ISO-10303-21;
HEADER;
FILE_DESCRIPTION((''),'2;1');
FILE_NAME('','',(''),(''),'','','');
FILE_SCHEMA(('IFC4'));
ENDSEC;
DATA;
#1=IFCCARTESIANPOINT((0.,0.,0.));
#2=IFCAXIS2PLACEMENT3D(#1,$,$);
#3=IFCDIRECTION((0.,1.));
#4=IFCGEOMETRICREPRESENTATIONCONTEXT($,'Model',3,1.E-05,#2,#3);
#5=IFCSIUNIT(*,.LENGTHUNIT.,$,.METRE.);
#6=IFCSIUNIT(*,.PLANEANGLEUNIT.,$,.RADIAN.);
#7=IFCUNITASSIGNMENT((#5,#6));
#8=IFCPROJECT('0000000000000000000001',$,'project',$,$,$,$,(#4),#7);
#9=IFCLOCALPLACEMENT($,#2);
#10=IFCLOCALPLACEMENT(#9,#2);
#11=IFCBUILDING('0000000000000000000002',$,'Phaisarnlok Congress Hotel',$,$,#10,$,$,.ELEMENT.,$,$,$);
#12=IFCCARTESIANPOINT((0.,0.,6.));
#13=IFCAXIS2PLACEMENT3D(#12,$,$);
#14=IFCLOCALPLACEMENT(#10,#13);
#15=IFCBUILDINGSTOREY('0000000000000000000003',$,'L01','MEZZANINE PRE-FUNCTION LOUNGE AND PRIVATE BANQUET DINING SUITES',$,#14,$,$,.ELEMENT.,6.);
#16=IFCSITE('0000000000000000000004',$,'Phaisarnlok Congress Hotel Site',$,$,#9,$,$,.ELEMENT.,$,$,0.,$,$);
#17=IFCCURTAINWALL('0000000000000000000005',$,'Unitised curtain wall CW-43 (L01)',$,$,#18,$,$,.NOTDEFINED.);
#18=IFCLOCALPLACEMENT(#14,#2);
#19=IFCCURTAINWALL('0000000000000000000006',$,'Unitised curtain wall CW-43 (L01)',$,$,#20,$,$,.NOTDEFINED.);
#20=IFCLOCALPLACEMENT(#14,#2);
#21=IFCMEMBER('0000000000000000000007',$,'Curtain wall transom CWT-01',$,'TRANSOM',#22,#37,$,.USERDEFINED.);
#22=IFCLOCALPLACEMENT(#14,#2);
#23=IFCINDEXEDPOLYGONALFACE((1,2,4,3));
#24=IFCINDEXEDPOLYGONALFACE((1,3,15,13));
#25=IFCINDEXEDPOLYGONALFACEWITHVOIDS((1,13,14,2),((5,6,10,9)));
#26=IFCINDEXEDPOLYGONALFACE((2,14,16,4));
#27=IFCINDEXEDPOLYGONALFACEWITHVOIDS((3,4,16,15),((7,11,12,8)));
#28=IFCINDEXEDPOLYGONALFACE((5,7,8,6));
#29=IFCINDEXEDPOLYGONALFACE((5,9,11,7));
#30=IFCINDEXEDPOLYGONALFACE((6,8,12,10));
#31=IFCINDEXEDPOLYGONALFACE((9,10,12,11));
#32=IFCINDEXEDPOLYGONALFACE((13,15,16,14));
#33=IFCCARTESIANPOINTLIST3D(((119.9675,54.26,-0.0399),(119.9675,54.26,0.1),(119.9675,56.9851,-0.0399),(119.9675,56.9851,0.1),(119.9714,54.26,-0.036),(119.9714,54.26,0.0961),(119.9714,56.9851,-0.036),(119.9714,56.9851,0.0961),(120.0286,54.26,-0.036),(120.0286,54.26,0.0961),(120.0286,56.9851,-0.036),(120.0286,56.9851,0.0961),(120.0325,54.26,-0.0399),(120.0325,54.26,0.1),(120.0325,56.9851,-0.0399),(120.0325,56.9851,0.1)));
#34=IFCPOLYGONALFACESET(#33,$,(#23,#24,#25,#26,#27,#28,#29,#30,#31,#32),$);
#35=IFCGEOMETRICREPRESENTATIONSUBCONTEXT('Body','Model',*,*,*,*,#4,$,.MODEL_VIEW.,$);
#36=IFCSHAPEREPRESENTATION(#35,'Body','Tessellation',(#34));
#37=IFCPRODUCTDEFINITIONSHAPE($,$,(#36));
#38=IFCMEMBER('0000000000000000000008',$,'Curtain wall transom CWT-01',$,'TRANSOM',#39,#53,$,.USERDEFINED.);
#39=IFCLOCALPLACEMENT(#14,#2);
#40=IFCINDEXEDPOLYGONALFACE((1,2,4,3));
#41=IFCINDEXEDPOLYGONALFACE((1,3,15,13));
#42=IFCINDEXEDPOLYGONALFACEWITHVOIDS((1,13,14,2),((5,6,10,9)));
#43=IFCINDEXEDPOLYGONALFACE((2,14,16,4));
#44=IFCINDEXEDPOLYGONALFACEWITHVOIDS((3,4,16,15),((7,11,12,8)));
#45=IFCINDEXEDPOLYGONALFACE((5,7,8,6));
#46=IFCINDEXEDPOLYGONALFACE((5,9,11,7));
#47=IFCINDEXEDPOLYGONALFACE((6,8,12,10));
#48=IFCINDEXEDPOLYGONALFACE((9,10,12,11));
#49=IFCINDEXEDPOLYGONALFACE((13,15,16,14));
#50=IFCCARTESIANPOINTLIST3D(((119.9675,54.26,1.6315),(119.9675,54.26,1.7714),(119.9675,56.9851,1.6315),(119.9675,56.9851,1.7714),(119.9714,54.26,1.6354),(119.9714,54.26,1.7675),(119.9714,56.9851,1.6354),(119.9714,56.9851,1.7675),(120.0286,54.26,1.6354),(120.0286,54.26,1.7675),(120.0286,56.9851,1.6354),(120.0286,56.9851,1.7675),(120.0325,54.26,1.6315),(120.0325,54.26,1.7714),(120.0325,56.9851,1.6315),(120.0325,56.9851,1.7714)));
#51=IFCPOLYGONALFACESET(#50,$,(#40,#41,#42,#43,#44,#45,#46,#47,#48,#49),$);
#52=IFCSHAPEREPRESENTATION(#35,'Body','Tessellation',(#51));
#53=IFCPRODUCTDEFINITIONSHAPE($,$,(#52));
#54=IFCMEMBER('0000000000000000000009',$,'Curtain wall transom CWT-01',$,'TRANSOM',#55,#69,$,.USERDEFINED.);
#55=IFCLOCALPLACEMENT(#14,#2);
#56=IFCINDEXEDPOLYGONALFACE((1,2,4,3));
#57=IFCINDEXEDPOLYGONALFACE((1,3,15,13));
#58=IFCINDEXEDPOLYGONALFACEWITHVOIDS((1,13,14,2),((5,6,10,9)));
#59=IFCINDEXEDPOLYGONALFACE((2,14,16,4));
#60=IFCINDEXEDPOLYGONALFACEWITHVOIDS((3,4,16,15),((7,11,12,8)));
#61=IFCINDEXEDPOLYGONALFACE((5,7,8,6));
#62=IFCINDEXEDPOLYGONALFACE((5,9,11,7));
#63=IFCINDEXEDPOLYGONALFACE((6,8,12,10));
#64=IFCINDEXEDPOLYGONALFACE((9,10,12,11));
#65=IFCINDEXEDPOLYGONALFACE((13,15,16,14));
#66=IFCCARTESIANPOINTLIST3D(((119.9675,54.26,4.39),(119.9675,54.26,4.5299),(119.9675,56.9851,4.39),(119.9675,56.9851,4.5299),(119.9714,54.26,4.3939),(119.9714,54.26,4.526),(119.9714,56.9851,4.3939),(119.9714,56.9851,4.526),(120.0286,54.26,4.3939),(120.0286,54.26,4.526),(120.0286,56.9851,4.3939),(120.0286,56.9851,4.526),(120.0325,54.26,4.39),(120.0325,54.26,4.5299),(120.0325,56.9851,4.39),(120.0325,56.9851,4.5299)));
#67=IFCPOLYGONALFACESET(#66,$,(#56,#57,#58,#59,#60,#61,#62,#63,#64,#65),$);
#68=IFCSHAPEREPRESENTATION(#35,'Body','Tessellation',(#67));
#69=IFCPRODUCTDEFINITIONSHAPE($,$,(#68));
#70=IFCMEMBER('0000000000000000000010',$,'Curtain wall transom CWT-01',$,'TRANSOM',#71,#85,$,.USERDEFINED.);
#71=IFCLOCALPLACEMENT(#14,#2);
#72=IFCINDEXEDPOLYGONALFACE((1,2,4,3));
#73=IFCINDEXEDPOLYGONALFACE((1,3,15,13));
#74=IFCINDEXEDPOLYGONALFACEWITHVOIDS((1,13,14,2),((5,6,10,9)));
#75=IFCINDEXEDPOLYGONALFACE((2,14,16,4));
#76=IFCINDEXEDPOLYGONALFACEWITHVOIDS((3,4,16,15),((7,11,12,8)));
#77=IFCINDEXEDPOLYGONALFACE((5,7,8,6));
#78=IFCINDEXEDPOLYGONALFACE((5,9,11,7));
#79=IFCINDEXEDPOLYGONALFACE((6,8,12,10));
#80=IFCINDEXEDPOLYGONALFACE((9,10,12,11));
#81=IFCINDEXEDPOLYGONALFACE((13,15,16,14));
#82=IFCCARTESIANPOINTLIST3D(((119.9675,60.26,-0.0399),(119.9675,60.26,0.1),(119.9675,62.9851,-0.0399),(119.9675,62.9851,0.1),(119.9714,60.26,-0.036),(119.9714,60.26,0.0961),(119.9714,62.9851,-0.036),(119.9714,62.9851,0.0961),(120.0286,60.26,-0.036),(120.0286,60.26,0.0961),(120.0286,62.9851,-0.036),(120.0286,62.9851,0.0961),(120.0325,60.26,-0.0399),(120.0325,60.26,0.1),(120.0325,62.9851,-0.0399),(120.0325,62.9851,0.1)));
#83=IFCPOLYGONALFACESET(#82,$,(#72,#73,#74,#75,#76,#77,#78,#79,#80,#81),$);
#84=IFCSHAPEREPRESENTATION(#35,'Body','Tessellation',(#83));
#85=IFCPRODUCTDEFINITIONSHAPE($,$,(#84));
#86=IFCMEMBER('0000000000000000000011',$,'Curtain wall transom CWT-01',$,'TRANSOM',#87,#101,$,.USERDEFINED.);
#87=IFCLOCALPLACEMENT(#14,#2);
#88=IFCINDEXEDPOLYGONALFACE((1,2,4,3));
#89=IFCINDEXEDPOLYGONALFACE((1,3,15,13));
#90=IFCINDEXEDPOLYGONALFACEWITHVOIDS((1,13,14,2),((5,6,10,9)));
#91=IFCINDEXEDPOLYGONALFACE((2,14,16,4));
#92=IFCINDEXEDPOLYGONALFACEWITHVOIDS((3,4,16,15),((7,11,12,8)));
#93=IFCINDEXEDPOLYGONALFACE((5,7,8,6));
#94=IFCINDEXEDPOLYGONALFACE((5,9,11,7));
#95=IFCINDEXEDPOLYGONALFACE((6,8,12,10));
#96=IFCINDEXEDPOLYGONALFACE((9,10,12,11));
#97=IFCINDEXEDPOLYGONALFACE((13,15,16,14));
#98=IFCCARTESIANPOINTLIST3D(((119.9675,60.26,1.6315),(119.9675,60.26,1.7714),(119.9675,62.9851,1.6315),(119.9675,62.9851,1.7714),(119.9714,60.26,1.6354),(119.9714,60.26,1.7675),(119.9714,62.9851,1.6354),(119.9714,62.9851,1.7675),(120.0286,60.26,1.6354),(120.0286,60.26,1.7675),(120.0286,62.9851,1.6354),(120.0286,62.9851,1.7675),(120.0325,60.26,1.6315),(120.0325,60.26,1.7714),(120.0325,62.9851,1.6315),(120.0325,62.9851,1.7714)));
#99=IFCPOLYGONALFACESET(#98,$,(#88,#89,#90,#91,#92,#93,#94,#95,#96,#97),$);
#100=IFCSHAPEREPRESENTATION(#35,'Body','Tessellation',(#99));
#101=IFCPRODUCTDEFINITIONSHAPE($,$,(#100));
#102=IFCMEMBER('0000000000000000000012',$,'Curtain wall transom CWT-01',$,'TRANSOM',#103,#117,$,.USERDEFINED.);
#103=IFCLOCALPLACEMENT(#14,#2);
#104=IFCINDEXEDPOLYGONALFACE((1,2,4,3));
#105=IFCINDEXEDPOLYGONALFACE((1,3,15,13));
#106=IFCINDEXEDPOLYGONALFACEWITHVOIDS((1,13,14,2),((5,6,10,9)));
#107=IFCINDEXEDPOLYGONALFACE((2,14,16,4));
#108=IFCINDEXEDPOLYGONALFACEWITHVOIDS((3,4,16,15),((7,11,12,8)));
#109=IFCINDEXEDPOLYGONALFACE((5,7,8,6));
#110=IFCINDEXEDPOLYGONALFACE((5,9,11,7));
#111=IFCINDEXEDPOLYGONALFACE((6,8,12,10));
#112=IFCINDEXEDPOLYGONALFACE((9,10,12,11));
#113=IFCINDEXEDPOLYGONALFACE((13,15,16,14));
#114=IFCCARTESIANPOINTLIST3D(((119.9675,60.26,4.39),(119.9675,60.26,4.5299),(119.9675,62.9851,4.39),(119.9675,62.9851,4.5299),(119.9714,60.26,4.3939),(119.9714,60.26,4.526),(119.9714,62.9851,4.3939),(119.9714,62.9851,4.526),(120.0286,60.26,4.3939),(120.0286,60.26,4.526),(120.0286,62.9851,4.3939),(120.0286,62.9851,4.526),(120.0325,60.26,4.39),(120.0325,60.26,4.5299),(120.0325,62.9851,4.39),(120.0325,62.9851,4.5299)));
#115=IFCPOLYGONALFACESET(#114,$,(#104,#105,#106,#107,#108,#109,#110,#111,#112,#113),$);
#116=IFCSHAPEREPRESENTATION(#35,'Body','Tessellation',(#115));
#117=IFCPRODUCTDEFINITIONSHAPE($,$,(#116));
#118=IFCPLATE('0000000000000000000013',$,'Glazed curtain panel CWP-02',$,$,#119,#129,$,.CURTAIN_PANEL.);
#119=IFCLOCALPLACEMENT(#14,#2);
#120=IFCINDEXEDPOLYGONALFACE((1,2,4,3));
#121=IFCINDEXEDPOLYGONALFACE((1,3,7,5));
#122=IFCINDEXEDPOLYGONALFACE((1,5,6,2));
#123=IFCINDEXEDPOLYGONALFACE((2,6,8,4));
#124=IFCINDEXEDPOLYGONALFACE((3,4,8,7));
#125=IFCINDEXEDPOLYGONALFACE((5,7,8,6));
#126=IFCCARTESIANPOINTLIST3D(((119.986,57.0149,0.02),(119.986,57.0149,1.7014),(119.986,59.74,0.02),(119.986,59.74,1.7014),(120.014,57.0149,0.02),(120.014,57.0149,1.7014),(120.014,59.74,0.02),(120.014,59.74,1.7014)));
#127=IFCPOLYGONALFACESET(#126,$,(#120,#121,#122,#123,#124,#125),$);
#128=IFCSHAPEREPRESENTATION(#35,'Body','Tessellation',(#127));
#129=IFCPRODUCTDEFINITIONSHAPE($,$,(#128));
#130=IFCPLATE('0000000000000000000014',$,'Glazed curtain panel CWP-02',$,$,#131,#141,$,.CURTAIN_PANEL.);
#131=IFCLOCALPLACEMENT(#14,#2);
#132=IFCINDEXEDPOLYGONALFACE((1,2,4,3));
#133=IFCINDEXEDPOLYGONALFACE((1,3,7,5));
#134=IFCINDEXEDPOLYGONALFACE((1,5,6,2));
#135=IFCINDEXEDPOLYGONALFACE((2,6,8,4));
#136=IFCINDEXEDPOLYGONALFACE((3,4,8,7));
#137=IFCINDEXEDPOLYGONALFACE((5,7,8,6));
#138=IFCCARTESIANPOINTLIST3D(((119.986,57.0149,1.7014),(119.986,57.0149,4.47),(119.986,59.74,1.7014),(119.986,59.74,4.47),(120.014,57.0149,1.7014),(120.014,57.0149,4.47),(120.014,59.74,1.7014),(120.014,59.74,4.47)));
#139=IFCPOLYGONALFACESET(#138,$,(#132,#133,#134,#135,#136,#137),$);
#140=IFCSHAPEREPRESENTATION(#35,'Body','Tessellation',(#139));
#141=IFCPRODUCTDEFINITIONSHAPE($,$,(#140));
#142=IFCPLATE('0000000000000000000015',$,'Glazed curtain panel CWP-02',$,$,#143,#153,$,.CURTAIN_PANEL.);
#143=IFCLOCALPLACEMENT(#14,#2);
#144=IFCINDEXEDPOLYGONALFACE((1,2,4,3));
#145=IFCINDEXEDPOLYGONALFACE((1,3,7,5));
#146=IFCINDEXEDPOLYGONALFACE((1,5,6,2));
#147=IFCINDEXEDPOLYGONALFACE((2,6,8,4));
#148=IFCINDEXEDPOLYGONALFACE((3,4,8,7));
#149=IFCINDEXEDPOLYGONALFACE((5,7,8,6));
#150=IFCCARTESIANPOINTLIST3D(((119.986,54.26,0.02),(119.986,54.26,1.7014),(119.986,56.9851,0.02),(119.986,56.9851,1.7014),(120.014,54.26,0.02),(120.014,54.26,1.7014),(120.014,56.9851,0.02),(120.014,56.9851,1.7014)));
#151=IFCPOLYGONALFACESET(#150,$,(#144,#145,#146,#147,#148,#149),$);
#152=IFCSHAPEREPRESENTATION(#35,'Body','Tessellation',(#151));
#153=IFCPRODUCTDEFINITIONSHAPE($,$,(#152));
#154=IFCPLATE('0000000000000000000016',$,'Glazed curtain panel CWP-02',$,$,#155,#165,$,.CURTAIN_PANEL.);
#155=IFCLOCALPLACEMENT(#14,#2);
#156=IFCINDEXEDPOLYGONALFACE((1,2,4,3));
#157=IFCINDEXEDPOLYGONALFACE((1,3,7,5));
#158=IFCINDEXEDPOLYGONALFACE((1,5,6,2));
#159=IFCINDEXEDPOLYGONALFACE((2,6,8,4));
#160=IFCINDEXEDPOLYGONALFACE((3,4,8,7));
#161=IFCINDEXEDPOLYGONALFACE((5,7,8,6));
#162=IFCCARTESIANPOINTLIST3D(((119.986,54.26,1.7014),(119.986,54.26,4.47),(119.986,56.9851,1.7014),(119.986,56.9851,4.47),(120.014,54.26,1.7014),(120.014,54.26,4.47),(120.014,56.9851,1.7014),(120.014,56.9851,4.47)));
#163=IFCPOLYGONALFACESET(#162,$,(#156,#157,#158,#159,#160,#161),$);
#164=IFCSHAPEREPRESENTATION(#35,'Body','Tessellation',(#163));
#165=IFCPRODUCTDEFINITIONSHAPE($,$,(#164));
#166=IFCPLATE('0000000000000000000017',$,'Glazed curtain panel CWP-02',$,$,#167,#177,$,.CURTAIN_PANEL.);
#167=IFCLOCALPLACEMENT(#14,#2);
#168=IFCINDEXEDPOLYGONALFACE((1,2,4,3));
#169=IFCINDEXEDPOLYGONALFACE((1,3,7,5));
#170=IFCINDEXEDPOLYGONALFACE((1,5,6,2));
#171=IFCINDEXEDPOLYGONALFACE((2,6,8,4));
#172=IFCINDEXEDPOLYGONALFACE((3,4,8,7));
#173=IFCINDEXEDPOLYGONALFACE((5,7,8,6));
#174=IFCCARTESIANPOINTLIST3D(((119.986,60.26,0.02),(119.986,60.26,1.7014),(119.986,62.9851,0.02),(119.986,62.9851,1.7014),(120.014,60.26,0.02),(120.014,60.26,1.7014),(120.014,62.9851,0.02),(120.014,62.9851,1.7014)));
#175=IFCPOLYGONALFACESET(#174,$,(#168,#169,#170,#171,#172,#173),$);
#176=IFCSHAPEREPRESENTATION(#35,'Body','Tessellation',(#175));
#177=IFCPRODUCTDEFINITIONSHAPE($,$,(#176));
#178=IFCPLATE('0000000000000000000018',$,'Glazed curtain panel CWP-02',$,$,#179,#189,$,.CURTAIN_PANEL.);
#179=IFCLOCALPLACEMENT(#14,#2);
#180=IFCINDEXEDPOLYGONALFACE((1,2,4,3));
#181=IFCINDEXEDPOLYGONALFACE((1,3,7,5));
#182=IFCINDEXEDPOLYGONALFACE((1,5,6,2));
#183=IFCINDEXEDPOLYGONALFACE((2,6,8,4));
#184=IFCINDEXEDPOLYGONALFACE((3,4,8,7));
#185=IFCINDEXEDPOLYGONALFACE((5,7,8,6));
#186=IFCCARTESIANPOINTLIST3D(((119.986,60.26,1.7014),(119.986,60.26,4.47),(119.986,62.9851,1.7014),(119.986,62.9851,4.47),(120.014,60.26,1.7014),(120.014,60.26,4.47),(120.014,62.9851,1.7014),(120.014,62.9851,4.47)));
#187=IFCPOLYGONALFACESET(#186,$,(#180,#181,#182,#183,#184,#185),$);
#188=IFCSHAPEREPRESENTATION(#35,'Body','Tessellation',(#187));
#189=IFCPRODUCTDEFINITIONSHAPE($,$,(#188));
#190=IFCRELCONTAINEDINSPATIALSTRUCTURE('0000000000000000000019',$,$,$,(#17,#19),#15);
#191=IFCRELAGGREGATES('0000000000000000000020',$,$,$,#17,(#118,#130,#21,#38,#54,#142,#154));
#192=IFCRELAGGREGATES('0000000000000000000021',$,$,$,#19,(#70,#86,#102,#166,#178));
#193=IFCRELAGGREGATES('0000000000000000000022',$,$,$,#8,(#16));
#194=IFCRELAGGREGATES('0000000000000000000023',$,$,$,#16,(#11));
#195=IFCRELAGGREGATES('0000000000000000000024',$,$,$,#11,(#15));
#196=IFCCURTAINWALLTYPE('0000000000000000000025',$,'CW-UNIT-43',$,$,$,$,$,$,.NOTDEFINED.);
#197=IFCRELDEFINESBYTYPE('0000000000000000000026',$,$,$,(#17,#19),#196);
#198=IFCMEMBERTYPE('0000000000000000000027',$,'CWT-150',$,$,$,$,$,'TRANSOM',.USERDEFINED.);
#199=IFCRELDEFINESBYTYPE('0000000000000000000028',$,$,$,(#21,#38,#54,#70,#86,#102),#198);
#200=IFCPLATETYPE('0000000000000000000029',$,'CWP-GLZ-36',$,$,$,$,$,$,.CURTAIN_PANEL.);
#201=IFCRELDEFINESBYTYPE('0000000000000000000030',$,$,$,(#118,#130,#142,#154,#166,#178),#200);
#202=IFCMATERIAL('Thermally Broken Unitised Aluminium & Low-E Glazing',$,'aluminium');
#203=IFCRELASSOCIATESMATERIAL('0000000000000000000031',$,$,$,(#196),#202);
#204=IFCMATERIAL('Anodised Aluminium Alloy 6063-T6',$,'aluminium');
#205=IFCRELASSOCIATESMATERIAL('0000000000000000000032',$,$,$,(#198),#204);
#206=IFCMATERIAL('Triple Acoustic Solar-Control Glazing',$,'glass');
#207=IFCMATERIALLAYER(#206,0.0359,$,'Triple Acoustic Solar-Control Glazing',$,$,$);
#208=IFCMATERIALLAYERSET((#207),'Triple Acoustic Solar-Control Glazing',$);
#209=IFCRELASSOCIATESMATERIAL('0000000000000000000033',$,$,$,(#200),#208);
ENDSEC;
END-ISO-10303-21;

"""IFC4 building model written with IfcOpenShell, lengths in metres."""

from ifc_helpers import new_model, si_unit, direction, frame, frame_2d, origin, origin_2d, place, context, subcontext, project, spatial, rectangle, hollow_rectangle, extrude, material, layer, layer_set, material_profile, profile_set, type_object, element, aggregate, save


model = new_model("IFC4")

# Units and contexts
model_context = context("Model", 3, precision=1e-05, world=origin(), true_north=direction((0.0, 1.0)))
body_context = subcontext(model_context, "Body", "Model", "MODEL_VIEW")
ifc_project = project(units=[si_unit("LENGTHUNIT", "METRE"), si_unit("PLANEANGLEUNIT", "RADIAN")], contexts=[model_context])

# Site, building, storey
site_placement = place(None, origin())
site = spatial("IfcSite", under=ifc_project, at=site_placement, Name="Phaisarnlok Congress Hotel Site", CompositionType="ELEMENT", RefElevation=0.0)
building_placement = place(site_placement, origin())
building = spatial("IfcBuilding", under=site, at=building_placement, Name="Phaisarnlok Congress Hotel", CompositionType="ELEMENT")
storey_placement = place(building_placement, frame((0.0, 0.0, 6.0)))
storey = spatial("IfcBuildingStorey", under=building, at=storey_placement, Name="L01", Description="MEZZANINE PRE-FUNCTION LOUNGE AND PRIVATE BANQUET DINING SUITES", CompositionType="ELEMENT", Elevation=6.0)

# Curtain wall
ifc_material_1 = material(Name="Thermally Broken Unitised Aluminium & Low-E Glazing", Category="aluminium")
curtain_wall_type = type_object("IfcCurtainWallType", Name="CW-UNIT-43", PredefinedType="NOTDEFINED", material=ifc_material_1)
curtain_wall_1_placement = place(storey_placement, origin())
curtain_wall_1 = element("IfcCurtainWall", 1, at=curtain_wall_1_placement, inside=storey, type_object=curtain_wall_type, Name="Unitised curtain wall CW-43 (L01)", PredefinedType="NOTDEFINED")
ifc_material_2 = material(Name="Anodised Aluminium Alloy 6063-T6", Category="aluminium")

# Curtain wall
curtain_wall_2_placement = place(storey_placement, origin())
curtain_wall_2 = element("IfcCurtainWall", 2, at=curtain_wall_2_placement, inside=storey, type_object=curtain_wall_type, Name="Unitised curtain wall CW-43 (L01)", PredefinedType="NOTDEFINED")

# Members
ifc_material_profile_1 = material_profile(ifc_material_2, hollow_rectangle(XDim=0.0649, YDim=0.1399, WallThickness=0.0039, at=origin_2d()), Name="ALU-T 65x140x4")
ifc_profile_set_1 = profile_set([ifc_material_profile_1], Name="Anodised Aluminium Alloy 6063-T6")
member_type_1 = type_object("IfcMemberType", Name="CWT-150", ElementType="TRANSOM", PredefinedType="USERDEFINED", material=ifc_profile_set_1)
member_1_placement = place(storey_placement, frame((120.0, 56.9851, 0.03), z_axis=(0.0, -1.0, 0.0), x_axis=(1.0, 0.0, 0.0)))
member_1 = element("IfcMember", 3, at=member_1_placement, type_object=member_type_1, Name="Curtain wall transom CWT-01", ObjectType="TRANSOM", PredefinedType="USERDEFINED", context=body_context, shape_type="SweptSolid", body=[
    extrude(hollow_rectangle(XDim=0.0649, YDim=0.1399, WallThickness=0.0039, at=origin_2d()), origin(), (0.0, 0.0, 1.0), 2.7251),
])
member_2_placement = place(storey_placement, frame((120.0, 56.9851, 1.7014), z_axis=(0.0, -1.0, 0.0), x_axis=(1.0, 0.0, 0.0)))
member_2 = element("IfcMember", 4, at=member_2_placement, type_object=member_type_1, Name="Curtain wall transom CWT-01", ObjectType="TRANSOM", PredefinedType="USERDEFINED", context=body_context, shape_type="SweptSolid", body=[
    extrude(hollow_rectangle(XDim=0.0649, YDim=0.1399, WallThickness=0.0039, at=origin_2d()), origin(), (0.0, 0.0, 1.0), 2.7251),
])
member_3_placement = place(storey_placement, frame((120.0, 56.9851, 4.46), z_axis=(0.0, -1.0, 0.0), x_axis=(1.0, 0.0, 0.0)))
member_3 = element("IfcMember", 5, at=member_3_placement, type_object=member_type_1, Name="Curtain wall transom CWT-01", ObjectType="TRANSOM", PredefinedType="USERDEFINED", context=body_context, shape_type="SweptSolid", body=[
    extrude(hollow_rectangle(XDim=0.0649, YDim=0.1399, WallThickness=0.0039, at=origin_2d()), origin(), (0.0, 0.0, 1.0), 2.7251),
])
member_4_placement = place(storey_placement, frame((120.0, 62.9851, 0.03), z_axis=(0.0, -1.0, 0.0), x_axis=(1.0, 0.0, 0.0)))
member_4 = element("IfcMember", 6, at=member_4_placement, type_object=member_type_1, Name="Curtain wall transom CWT-01", ObjectType="TRANSOM", PredefinedType="USERDEFINED", context=body_context, shape_type="SweptSolid", body=[
    extrude(hollow_rectangle(XDim=0.0649, YDim=0.1399, WallThickness=0.0039, at=origin_2d()), origin(), (0.0, 0.0, 1.0), 2.7251),
])
member_5_placement = place(storey_placement, frame((120.0, 62.9851, 1.7014), z_axis=(0.0, -1.0, 0.0), x_axis=(1.0, 0.0, 0.0)))
member_5 = element("IfcMember", 7, at=member_5_placement, type_object=member_type_1, Name="Curtain wall transom CWT-01", ObjectType="TRANSOM", PredefinedType="USERDEFINED", context=body_context, shape_type="SweptSolid", body=[
    extrude(hollow_rectangle(XDim=0.0649, YDim=0.1399, WallThickness=0.0039, at=origin_2d()), origin(), (0.0, 0.0, 1.0), 2.7251),
])
member_6_placement = place(storey_placement, frame((120.0, 62.9851, 4.46), z_axis=(0.0, -1.0, 0.0), x_axis=(1.0, 0.0, 0.0)))
member_6 = element("IfcMember", 8, at=member_6_placement, type_object=member_type_1, Name="Curtain wall transom CWT-01", ObjectType="TRANSOM", PredefinedType="USERDEFINED", context=body_context, shape_type="SweptSolid", body=[
    extrude(hollow_rectangle(XDim=0.0649, YDim=0.1399, WallThickness=0.0039, at=origin_2d()), origin(), (0.0, 0.0, 1.0), 2.7251),
])

# Plates
ifc_material_3 = material(Name="Triple Acoustic Solar-Control Glazing", Category="glass")
ifc_layer_1 = layer(ifc_material_3, 0.0359, Name="Triple Acoustic Solar-Control Glazing")
ifc_layer_set_1 = layer_set([ifc_layer_1], Name="Triple Acoustic Solar-Control Glazing")
plate_type_1 = type_object("IfcPlateType", Name="CWP-GLZ-36", PredefinedType="CURTAIN_PANEL", material=ifc_layer_set_1)
plate_1_placement = place(storey_placement, frame((120.0, 59.74, 0.02), z_axis=(0.0, 0.0, 1.0), x_axis=(0.0, -1.0, 0.0)))
plate_1 = element("IfcPlate", 9, at=plate_1_placement, type_object=plate_type_1, Name="Glazed curtain panel CWP-02", PredefinedType="CURTAIN_PANEL", context=body_context, shape_type="SweptSolid", body=[
    extrude(rectangle(XDim=2.7251, YDim=0.0281, at=frame_2d((1.3625, 0.0))), origin(), (0.0, 0.0, 1.0), 1.6814),
])
plate_2_placement = place(storey_placement, frame((120.0, 59.74, 1.7014), z_axis=(0.0, 0.0, 1.0), x_axis=(0.0, -1.0, 0.0)))
plate_2 = element("IfcPlate", 10, at=plate_2_placement, type_object=plate_type_1, Name="Glazed curtain panel CWP-02", PredefinedType="CURTAIN_PANEL", context=body_context, shape_type="SweptSolid", body=[
    extrude(rectangle(XDim=2.7251, YDim=0.0281, at=frame_2d((1.3625, 0.0))), origin(), (0.0, 0.0, 1.0), 2.7686),
])
plate_3_placement = place(storey_placement, frame((120.0, 56.9851, 0.02), z_axis=(0.0, 0.0, 1.0), x_axis=(0.0, -1.0, 0.0)))
plate_3 = element("IfcPlate", 11, at=plate_3_placement, type_object=plate_type_1, Name="Glazed curtain panel CWP-02", PredefinedType="CURTAIN_PANEL", context=body_context, shape_type="SweptSolid", body=[
    extrude(rectangle(XDim=2.7251, YDim=0.0281, at=frame_2d((1.3625, 0.0))), origin(), (0.0, 0.0, 1.0), 1.6814),
])
plate_4_placement = place(storey_placement, frame((120.0, 56.9851, 1.7014), z_axis=(0.0, 0.0, 1.0), x_axis=(0.0, -1.0, 0.0)))
plate_4 = element("IfcPlate", 12, at=plate_4_placement, type_object=plate_type_1, Name="Glazed curtain panel CWP-02", PredefinedType="CURTAIN_PANEL", context=body_context, shape_type="SweptSolid", body=[
    extrude(rectangle(XDim=2.7251, YDim=0.0281, at=frame_2d((1.3625, 0.0))), origin(), (0.0, 0.0, 1.0), 2.7686),
])
aggregate(curtain_wall_1, [plate_1, plate_2, member_1, member_2, member_3, plate_3, plate_4])
plate_5_placement = place(storey_placement, frame((120.0, 62.9851, 0.02), z_axis=(0.0, 0.0, 1.0), x_axis=(0.0, -1.0, 0.0)))
plate_5 = element("IfcPlate", 13, at=plate_5_placement, type_object=plate_type_1, Name="Glazed curtain panel CWP-02", PredefinedType="CURTAIN_PANEL", context=body_context, shape_type="SweptSolid", body=[
    extrude(rectangle(XDim=2.7251, YDim=0.0281, at=frame_2d((1.3625, 0.0))), origin(), (0.0, 0.0, 1.0), 1.6814),
])
plate_6_placement = place(storey_placement, frame((120.0, 62.9851, 1.7014), z_axis=(0.0, 0.0, 1.0), x_axis=(0.0, -1.0, 0.0)))
plate_6 = element("IfcPlate", 14, at=plate_6_placement, type_object=plate_type_1, Name="Glazed curtain panel CWP-02", PredefinedType="CURTAIN_PANEL", context=body_context, shape_type="SweptSolid", body=[
    extrude(rectangle(XDim=2.7251, YDim=0.0281, at=frame_2d((1.3625, 0.0))), origin(), (0.0, 0.0, 1.0), 2.7686),
])
aggregate(curtain_wall_2, [member_4, member_5, member_6, plate_5, plate_6])

save(model, "model.ifc")
